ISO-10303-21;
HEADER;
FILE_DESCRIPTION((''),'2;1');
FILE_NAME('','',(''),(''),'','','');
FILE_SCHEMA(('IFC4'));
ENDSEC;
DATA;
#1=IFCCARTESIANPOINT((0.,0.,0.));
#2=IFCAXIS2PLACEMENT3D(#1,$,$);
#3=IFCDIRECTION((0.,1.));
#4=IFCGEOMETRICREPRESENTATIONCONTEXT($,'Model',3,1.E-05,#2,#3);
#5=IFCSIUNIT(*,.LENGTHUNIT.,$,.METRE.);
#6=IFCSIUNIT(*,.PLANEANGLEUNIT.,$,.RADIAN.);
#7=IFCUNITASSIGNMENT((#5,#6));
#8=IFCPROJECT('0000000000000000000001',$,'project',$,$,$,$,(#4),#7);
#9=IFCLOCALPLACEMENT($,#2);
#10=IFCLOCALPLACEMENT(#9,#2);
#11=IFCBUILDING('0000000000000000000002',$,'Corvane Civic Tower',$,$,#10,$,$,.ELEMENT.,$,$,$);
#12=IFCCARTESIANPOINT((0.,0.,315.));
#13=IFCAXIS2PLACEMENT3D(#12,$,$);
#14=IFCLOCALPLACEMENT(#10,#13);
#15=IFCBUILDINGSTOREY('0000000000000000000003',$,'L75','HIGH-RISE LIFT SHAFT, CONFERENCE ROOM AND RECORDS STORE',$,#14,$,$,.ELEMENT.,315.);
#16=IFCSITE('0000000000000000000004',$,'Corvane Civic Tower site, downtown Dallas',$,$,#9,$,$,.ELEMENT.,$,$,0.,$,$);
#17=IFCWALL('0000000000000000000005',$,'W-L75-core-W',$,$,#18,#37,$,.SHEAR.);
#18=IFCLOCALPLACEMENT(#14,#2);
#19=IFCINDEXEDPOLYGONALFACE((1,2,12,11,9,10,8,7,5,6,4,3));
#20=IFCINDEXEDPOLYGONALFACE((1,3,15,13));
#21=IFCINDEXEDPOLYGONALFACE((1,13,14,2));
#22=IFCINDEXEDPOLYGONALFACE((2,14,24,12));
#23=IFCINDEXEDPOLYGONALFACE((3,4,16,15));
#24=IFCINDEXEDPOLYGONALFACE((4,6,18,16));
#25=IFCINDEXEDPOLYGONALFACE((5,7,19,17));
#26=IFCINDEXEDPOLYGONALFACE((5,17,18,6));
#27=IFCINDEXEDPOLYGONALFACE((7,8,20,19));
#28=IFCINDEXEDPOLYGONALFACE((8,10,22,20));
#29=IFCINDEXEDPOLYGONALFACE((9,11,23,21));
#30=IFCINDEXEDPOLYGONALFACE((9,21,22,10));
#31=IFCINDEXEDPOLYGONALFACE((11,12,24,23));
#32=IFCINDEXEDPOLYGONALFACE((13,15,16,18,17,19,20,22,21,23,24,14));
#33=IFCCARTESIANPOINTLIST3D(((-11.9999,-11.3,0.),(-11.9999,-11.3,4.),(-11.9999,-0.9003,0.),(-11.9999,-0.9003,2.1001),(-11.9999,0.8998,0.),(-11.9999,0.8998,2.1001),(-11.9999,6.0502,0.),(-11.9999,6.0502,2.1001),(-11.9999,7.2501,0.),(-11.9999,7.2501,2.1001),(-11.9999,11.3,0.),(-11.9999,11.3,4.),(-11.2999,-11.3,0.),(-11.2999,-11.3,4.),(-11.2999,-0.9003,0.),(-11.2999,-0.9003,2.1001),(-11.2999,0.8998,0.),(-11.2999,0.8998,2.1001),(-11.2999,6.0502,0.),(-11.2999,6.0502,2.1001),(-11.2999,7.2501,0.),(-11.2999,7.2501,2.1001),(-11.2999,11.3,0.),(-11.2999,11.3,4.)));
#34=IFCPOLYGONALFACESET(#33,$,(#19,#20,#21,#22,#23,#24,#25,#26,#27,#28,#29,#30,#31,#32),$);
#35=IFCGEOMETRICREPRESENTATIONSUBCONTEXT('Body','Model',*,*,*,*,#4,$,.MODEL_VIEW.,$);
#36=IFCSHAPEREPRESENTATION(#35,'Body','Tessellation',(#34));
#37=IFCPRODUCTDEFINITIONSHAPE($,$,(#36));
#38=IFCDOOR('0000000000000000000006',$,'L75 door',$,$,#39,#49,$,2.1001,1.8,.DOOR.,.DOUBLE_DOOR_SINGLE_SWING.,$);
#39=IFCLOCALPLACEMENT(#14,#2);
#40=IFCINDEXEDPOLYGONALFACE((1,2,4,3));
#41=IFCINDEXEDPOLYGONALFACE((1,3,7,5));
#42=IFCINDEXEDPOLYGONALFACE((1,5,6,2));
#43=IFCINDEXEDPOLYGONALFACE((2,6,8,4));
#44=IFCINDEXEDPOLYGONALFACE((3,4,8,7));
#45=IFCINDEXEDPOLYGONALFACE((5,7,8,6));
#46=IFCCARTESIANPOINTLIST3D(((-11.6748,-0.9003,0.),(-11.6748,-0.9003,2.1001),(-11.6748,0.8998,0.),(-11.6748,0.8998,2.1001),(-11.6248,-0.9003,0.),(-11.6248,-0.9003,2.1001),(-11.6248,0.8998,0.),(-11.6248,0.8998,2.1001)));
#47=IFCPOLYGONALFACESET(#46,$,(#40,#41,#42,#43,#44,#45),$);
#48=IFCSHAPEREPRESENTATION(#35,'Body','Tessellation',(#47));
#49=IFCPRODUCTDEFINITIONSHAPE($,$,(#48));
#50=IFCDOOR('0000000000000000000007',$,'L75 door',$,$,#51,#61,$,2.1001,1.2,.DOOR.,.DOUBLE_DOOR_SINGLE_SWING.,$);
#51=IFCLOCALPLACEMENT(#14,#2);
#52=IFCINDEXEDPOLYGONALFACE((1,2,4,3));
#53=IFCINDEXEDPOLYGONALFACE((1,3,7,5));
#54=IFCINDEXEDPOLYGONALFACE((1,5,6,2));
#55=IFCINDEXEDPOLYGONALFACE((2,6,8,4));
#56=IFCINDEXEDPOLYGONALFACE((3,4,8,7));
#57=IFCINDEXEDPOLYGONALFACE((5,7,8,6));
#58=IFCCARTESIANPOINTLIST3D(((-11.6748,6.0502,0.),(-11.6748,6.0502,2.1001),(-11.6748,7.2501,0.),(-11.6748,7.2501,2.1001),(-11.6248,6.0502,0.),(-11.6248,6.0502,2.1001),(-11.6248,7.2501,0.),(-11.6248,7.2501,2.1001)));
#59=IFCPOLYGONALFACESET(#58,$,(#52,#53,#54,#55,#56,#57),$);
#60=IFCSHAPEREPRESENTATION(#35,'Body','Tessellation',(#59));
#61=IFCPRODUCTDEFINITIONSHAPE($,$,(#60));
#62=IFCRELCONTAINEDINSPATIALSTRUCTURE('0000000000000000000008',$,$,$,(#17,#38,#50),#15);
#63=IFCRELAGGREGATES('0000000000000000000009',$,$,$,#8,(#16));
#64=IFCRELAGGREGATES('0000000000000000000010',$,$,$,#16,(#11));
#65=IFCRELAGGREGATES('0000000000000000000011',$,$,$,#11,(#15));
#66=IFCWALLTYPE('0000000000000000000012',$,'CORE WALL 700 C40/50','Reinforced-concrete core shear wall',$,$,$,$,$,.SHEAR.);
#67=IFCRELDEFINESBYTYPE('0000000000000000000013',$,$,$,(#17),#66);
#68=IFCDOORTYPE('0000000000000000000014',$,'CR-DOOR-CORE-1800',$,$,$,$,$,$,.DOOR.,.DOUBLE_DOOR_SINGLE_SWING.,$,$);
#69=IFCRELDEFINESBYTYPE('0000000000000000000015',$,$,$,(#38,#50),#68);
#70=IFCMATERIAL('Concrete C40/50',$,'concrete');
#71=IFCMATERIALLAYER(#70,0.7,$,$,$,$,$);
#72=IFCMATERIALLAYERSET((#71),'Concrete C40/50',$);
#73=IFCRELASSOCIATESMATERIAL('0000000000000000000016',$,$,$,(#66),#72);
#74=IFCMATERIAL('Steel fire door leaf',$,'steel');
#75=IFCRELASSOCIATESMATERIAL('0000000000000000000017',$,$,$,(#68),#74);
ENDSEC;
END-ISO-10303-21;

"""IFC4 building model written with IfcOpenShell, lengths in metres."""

from ifc_helpers import new_model, si_unit, direction, frame, frame_2d, origin, place, context, subcontext, project, spatial, rectangle, extrude, material, layer, layer_set, type_object, element, fill, save


model = new_model("IFC4")

# Units and contexts
model_context = context("Model", 3, precision=1e-05, world=origin(), true_north=direction((0.0, 1.0)))
body_context = subcontext(model_context, "Body", "Model", "MODEL_VIEW")
ifc_project = project(units=[si_unit("LENGTHUNIT", "METRE"), si_unit("PLANEANGLEUNIT", "RADIAN")], contexts=[model_context])

# Site, building, storey
site_placement = place(None, origin())
site = spatial("IfcSite", under=ifc_project, at=site_placement, Name="Corvane Civic Tower site, downtown Dallas", CompositionType="ELEMENT", RefElevation=0.0)
building_placement = place(site_placement, origin())
building = spatial("IfcBuilding", under=site, at=building_placement, Name="Corvane Civic Tower", CompositionType="ELEMENT")
storey_placement = place(building_placement, frame((0.0, 0.0, 315.0)))
storey = spatial("IfcBuildingStorey", under=building, at=storey_placement, Name="L75", Description="HIGH-RISE LIFT SHAFT, CONFERENCE ROOM AND RECORDS STORE", CompositionType="ELEMENT", Elevation=315.0)

# Wall, openings, doors
ifc_material_1 = material(Name="Concrete C40/50", Category="concrete")
ifc_layer_1 = layer(ifc_material_1, 0.7)
ifc_layer_set_1 = layer_set([ifc_layer_1], Name="Concrete C40/50")
wall_type = type_object("IfcWallType", Name="CORE WALL 700 C40/50", Description="Reinforced-concrete core shear wall", PredefinedType="SHEAR", material=ifc_layer_set_1)
wall_placement = place(storey_placement, frame((-11.6499, -11.3, 0.0), z_axis=(0.0, 0.0, 1.0), x_axis=(0.0, 1.0, 0.0)))
wall = element("IfcWall", 1, at=wall_placement, inside=storey, type_object=wall_type, Name="W-L75-core-W", PredefinedType="SHEAR", context=body_context, shape_type="SweptSolid", body=[
    extrude(rectangle(XDim=22.6001, YDim=0.7, at=frame_2d((11.3, 0.0))), origin(), (0.0, 0.0, 1.0), 4.0),
])
opening_1_placement = place(wall_placement, frame((10.3999, 0.0, 0.0)))
opening_1 = element("IfcOpeningElement", 2, at=opening_1_placement, cuts=wall, PredefinedType="OPENING", context=body_context, shape_type="SweptSolid", body=[
    extrude(rectangle(XDim=1.8, YDim=2.1001, at=frame_2d((0.8999, 1.05))), frame((0.0, 0.3599, 0.0), z_axis=(0.0, -1.0, 0.0), x_axis=(1.0, 0.0, 0.0)), (0.0, 0.0, 1.0), 0.72),
])
opening_2_placement = place(wall_placement, frame((17.3501, 0.0, 0.0)))
opening_2 = element("IfcOpeningElement", 3, at=opening_2_placement, cuts=wall, PredefinedType="OPENING", context=body_context, shape_type="SweptSolid", body=[
    extrude(rectangle(XDim=1.2, YDim=2.1001, at=frame_2d((0.6001, 1.05))), frame((0.0, 0.3599, 0.0), z_axis=(0.0, -1.0, 0.0), x_axis=(1.0, 0.0, 0.0)), (0.0, 0.0, 1.0), 0.72),
])
ifc_material_2 = material(Name="Steel fire door leaf", Category="steel")
door_type = type_object("IfcDoorType", Name="CR-DOOR-CORE-1800", OperationType="DOUBLE_DOOR_SINGLE_SWING", PredefinedType="DOOR", material=ifc_material_2)
door_1_placement = place(opening_1_placement, origin())
door_1 = element("IfcDoor", 4, at=door_1_placement, inside=storey, type_object=door_type, Name="L75 door", OperationType="DOUBLE_DOOR_SINGLE_SWING", OverallHeight=2.1001, OverallWidth=1.8, PredefinedType="DOOR", context=body_context, shape_type="SweptSolid", body=[
    extrude(rectangle(XDim=1.8, YDim=2.1001, at=frame_2d((0.8999, 1.05))), frame((0.0, 0.0249, 0.0), z_axis=(0.0, -1.0, 0.0), x_axis=(1.0, 0.0, 0.0)), (0.0, 0.0, 1.0), 0.05),
])
fill(opening_1, door_1)
door_2_placement = place(opening_2_placement, origin())
door_2 = element("IfcDoor", 5, at=door_2_placement, inside=storey, type_object=door_type, Name="L75 door", OperationType="DOUBLE_DOOR_SINGLE_SWING", OverallHeight=2.1001, OverallWidth=1.2, PredefinedType="DOOR", context=body_context, shape_type="SweptSolid", body=[
    extrude(rectangle(XDim=1.2, YDim=2.1001, at=frame_2d((0.6001, 1.05))), frame((0.0, 0.0249, 0.0), z_axis=(0.0, -1.0, 0.0), x_axis=(1.0, 0.0, 0.0)), (0.0, 0.0, 1.0), 0.05),
])
fill(opening_2, door_2)

save(model, "model.ifc")
